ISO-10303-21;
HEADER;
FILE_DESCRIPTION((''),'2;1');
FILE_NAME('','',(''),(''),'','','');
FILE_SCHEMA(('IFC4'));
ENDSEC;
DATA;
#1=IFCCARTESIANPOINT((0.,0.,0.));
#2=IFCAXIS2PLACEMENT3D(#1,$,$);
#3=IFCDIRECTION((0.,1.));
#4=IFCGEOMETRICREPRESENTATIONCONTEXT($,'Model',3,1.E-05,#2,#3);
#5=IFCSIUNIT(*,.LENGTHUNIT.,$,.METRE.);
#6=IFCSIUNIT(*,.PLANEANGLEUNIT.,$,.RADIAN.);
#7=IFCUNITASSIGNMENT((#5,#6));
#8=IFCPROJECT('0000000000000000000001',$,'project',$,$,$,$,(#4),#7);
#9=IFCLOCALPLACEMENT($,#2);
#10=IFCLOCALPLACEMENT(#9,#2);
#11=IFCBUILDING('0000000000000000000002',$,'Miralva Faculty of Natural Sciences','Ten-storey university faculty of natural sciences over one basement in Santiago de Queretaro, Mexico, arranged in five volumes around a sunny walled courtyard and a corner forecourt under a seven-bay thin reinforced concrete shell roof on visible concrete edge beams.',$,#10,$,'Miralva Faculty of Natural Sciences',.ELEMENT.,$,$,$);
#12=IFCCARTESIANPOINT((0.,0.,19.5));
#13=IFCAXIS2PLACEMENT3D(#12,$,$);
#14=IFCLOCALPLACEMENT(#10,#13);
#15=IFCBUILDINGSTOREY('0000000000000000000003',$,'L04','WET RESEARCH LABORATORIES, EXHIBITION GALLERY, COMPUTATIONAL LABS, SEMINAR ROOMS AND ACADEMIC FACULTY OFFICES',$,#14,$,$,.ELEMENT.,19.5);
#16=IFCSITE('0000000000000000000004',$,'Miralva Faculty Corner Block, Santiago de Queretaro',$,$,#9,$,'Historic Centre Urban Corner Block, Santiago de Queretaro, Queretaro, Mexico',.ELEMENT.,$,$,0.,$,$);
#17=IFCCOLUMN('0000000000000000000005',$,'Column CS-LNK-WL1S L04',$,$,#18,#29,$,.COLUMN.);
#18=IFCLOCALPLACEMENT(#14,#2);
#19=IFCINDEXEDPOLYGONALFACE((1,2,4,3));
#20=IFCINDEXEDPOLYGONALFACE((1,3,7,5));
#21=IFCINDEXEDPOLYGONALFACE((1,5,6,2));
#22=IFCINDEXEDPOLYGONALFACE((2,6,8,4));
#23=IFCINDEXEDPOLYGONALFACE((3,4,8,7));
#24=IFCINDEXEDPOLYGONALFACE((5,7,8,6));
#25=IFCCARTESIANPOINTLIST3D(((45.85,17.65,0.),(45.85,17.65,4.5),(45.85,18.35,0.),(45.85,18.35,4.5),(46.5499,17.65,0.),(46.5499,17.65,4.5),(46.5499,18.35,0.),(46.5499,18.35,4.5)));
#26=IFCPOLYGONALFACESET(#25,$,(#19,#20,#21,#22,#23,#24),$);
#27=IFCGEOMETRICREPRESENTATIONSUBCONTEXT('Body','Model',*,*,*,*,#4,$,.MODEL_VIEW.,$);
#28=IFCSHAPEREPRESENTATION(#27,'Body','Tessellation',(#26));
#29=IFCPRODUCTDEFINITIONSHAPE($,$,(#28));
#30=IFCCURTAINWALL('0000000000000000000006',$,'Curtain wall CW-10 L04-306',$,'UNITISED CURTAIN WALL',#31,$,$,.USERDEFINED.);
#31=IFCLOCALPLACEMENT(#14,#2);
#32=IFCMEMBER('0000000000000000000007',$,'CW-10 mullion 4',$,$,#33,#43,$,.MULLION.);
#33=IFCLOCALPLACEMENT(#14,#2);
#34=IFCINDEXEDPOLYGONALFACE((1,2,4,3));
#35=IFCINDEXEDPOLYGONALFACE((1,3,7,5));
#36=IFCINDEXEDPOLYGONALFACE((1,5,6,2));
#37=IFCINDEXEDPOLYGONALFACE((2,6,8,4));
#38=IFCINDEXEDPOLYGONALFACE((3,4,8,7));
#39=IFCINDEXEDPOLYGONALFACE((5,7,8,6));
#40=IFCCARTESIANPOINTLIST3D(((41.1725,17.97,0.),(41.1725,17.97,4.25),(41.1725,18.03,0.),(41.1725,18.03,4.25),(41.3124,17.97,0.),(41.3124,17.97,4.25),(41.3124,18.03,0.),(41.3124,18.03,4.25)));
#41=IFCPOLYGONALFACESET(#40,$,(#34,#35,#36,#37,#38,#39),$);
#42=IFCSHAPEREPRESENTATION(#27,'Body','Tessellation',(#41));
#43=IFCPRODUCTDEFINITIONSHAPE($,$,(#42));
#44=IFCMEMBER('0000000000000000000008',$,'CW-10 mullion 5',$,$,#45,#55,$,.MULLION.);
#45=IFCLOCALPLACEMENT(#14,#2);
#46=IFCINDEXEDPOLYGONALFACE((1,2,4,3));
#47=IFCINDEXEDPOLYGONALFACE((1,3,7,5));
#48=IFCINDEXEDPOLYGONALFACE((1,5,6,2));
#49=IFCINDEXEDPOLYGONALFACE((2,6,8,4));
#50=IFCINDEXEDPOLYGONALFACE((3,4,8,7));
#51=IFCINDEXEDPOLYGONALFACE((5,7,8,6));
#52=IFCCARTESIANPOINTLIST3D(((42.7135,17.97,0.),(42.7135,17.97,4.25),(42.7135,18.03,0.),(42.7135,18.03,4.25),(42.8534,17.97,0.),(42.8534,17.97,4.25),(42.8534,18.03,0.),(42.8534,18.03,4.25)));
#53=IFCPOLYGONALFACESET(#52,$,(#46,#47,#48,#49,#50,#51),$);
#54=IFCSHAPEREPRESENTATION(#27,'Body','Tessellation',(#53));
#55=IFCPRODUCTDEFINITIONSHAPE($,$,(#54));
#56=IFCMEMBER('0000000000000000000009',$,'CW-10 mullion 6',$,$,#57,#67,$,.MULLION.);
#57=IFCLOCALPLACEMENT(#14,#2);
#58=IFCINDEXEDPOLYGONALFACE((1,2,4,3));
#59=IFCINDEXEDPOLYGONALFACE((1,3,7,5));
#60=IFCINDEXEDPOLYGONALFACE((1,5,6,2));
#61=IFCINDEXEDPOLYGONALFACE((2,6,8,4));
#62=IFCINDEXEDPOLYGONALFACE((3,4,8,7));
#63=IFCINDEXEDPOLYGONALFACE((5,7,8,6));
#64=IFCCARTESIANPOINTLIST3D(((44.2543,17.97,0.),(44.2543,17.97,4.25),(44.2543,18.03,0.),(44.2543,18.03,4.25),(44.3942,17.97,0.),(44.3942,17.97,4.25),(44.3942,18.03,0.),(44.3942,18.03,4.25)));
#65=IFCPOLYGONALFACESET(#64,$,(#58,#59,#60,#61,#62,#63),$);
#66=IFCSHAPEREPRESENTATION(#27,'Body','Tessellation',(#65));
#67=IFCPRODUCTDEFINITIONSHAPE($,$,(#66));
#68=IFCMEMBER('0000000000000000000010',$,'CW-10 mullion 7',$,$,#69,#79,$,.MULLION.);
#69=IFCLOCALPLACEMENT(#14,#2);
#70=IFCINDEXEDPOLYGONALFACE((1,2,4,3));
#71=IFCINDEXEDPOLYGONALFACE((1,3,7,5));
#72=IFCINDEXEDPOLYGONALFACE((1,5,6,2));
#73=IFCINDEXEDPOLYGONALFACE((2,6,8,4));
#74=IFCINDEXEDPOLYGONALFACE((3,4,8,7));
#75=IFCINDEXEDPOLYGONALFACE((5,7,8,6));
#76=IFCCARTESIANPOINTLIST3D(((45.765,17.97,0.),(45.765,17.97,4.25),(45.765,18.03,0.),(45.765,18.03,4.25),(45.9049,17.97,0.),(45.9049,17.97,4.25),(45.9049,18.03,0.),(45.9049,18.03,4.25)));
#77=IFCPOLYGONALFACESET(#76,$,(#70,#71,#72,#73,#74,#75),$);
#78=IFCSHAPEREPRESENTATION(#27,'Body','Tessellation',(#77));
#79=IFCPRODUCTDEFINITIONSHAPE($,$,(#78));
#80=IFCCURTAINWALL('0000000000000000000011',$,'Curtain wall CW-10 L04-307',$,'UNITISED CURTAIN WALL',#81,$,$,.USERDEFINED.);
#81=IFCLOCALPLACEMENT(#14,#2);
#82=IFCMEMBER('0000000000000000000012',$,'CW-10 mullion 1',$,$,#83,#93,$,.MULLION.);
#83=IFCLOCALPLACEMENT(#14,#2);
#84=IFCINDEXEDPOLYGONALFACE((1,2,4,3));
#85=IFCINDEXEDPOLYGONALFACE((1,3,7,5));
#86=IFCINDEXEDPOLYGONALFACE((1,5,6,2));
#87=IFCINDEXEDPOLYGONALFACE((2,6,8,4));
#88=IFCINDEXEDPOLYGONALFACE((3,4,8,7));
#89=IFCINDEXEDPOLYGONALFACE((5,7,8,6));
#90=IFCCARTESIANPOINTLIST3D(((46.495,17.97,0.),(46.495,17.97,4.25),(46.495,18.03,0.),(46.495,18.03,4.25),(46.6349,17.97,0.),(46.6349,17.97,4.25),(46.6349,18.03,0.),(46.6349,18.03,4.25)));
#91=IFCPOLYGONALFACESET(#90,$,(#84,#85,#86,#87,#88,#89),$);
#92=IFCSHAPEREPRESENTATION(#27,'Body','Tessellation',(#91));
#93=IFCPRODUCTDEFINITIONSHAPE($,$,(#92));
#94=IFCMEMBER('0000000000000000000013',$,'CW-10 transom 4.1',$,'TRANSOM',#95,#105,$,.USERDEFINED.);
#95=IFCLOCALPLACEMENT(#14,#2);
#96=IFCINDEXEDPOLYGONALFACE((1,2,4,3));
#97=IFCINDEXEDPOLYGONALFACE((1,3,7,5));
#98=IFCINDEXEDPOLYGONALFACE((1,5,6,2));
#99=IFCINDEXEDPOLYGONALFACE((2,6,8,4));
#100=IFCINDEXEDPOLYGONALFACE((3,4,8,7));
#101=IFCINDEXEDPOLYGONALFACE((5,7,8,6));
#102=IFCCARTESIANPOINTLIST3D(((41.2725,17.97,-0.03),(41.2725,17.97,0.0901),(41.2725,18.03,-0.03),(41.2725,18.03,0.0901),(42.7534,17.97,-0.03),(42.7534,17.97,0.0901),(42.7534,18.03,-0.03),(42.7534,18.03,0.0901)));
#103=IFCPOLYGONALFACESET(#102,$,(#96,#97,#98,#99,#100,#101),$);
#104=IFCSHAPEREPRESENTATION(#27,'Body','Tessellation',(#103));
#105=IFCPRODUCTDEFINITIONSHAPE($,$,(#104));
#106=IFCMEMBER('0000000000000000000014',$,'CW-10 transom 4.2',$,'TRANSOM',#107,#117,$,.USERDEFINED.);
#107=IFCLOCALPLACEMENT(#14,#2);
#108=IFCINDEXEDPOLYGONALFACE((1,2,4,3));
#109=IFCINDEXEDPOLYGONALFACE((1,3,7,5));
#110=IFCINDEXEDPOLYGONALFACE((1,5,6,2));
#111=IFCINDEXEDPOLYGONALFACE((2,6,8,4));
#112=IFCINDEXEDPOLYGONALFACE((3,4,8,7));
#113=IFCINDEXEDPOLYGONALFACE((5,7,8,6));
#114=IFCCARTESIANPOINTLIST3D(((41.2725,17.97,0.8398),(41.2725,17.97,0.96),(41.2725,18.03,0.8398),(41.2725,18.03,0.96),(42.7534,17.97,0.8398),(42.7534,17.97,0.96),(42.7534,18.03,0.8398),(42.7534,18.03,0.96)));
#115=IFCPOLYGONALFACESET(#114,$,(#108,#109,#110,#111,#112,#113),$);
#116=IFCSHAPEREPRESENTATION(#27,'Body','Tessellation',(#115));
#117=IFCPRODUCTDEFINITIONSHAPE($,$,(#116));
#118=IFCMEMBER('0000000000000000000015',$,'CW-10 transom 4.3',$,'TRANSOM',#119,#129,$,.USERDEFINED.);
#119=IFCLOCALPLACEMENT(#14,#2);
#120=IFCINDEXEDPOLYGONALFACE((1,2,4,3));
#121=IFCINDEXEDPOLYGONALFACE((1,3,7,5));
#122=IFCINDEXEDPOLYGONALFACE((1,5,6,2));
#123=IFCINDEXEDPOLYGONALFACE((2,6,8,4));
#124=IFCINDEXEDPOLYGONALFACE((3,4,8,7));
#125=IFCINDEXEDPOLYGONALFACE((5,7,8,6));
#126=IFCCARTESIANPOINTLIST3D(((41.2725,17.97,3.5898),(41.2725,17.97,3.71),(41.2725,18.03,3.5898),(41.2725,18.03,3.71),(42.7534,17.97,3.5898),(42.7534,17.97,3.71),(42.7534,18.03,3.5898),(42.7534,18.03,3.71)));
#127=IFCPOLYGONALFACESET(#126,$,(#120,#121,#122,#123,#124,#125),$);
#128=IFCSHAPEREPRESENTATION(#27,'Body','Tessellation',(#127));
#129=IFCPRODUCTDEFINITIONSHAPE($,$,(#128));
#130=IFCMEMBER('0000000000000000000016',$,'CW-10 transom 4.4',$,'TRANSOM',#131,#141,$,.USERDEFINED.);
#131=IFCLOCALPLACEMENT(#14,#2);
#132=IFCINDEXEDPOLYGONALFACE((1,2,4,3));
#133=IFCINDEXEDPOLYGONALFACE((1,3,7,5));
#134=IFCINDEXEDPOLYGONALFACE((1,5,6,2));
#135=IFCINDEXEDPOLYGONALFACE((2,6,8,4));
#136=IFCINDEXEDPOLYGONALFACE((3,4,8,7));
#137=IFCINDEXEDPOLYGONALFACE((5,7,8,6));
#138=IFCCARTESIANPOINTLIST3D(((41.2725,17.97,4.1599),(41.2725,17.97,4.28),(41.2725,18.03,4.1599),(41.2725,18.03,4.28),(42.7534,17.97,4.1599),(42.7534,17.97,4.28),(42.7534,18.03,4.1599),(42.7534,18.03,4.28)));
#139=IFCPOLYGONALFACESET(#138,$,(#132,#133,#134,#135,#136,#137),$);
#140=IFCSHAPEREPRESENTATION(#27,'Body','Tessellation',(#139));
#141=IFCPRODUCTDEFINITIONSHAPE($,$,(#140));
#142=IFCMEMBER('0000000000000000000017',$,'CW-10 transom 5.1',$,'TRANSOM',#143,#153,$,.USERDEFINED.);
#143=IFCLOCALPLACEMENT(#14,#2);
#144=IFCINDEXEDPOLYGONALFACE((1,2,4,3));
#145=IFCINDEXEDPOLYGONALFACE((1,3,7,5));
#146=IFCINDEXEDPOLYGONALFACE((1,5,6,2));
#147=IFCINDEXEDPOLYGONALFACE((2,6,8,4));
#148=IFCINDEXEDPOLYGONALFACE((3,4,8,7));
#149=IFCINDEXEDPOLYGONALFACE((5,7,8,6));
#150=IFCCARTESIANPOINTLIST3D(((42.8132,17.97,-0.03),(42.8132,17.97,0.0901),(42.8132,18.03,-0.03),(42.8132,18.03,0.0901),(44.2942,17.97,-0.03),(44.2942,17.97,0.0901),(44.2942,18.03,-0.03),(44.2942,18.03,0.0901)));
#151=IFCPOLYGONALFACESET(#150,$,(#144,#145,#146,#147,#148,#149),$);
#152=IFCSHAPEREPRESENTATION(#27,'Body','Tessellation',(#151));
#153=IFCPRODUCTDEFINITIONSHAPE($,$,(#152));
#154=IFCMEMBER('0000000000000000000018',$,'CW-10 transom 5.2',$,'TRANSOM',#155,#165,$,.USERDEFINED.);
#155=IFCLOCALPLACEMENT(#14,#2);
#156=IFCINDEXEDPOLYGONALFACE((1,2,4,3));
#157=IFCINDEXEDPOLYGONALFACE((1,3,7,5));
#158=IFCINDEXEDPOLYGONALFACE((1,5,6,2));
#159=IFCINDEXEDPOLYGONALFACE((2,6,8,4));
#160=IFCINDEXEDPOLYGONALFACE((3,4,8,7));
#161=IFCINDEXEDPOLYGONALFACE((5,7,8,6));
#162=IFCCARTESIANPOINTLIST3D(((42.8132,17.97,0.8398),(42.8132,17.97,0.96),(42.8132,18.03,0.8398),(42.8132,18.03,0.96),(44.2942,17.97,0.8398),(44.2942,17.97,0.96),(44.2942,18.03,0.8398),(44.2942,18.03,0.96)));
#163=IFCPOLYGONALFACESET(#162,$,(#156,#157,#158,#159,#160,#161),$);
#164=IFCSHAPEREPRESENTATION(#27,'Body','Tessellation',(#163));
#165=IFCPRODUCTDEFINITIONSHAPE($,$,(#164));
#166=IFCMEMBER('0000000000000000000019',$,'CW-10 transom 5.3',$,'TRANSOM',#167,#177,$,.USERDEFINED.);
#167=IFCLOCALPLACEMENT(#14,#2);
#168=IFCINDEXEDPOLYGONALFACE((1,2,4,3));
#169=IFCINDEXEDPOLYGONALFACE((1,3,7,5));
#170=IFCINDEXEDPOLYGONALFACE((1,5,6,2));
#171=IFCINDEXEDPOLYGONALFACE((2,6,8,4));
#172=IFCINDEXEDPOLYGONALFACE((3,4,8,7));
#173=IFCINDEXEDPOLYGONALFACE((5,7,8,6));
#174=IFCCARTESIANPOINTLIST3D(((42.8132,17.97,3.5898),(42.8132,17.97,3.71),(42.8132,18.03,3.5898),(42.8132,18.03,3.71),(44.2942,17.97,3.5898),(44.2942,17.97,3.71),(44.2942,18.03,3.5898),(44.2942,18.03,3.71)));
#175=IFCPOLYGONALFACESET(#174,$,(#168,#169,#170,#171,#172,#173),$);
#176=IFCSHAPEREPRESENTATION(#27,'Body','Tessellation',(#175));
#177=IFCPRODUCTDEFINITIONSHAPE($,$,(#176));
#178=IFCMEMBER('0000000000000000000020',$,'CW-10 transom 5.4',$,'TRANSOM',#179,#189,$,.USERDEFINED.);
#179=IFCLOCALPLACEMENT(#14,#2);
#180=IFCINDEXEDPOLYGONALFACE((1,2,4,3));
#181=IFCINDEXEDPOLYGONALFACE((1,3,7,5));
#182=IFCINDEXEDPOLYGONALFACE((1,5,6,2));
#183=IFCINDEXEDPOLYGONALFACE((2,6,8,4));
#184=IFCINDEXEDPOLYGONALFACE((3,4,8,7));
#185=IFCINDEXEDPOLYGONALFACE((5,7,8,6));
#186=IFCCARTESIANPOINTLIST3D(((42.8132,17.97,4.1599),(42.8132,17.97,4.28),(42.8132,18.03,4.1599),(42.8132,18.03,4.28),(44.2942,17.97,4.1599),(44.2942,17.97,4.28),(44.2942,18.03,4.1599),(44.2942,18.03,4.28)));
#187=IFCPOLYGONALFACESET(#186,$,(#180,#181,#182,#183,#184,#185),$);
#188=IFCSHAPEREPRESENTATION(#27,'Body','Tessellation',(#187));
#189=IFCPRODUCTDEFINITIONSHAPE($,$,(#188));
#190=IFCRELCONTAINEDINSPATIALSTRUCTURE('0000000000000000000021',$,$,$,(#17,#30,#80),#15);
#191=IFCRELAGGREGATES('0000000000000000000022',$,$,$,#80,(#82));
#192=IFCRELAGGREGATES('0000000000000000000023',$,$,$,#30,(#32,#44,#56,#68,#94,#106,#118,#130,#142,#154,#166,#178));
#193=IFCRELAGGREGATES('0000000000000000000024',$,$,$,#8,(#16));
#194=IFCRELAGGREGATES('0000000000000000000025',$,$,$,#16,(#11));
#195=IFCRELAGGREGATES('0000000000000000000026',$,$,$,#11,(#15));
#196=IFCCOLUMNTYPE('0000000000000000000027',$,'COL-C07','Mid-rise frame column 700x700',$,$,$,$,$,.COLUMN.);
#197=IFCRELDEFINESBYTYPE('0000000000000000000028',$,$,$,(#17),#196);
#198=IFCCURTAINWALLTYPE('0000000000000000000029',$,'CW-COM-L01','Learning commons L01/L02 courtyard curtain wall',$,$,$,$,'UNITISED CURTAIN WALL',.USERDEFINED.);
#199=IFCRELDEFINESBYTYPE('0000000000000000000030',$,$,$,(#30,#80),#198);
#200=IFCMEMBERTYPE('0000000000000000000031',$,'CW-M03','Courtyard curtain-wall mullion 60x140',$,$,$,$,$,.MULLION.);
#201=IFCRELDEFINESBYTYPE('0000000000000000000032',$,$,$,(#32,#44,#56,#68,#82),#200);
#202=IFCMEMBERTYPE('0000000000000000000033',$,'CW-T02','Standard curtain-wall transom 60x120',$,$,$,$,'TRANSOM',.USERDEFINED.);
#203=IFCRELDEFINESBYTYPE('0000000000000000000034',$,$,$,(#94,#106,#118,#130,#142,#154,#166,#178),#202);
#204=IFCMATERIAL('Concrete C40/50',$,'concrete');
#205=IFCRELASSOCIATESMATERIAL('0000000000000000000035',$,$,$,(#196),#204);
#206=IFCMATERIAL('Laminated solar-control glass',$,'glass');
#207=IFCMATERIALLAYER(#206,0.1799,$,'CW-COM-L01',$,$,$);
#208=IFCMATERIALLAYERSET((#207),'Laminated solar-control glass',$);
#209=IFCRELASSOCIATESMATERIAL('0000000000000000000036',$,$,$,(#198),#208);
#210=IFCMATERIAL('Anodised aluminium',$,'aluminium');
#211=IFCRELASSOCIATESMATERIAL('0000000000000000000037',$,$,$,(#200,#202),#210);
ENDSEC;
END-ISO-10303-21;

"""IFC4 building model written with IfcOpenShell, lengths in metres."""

from ifc_helpers import new_model, si_unit, direction, frame, origin, origin_2d, place, context, subcontext, project, spatial, rectangle, extrude, material, layer, layer_set, material_profile, profile_set, type_object, element, aggregate, save


model = new_model("IFC4")

# Units and contexts
model_context = context("Model", 3, precision=1e-05, world=origin(), true_north=direction((0.0, 1.0)))
body_context = subcontext(model_context, "Body", "Model", "MODEL_VIEW")
ifc_project = project(units=[si_unit("LENGTHUNIT", "METRE"), si_unit("PLANEANGLEUNIT", "RADIAN")], contexts=[model_context])

# Site, building, storey
site_placement = place(None, origin())
site = spatial("IfcSite", under=ifc_project, at=site_placement, Name="Miralva Faculty Corner Block, Santiago de Queretaro", LongName="Historic Centre Urban Corner Block, Santiago de Queretaro, Queretaro, Mexico", CompositionType="ELEMENT", RefElevation=0.0)
building_placement = place(site_placement, origin())
building = spatial("IfcBuilding", under=site, at=building_placement, Name="Miralva Faculty of Natural Sciences", Description="Ten-storey university faculty of natural sciences over one basement in Santiago de Queretaro, Mexico, arranged in five volumes around a sunny walled courtyard and a corner forecourt under a seven-bay thin reinforced concrete shell roof on visible concrete edge beams.", LongName="Miralva Faculty of Natural Sciences", CompositionType="ELEMENT")
storey_placement = place(building_placement, frame((0.0, 0.0, 19.5)))
storey = spatial("IfcBuildingStorey", under=building, at=storey_placement, Name="L04", Description="WET RESEARCH LABORATORIES, EXHIBITION GALLERY, COMPUTATIONAL LABS, SEMINAR ROOMS AND ACADEMIC FACULTY OFFICES", CompositionType="ELEMENT", Elevation=19.5)

# Column
ifc_material_1 = material(Name="Concrete C40/50", Category="concrete")
ifc_material_profile_1 = material_profile(ifc_material_1, rectangle(XDim=0.7, YDim=0.7, at=origin_2d()), Name="RC 700x700")
ifc_profile_set_1 = profile_set([ifc_material_profile_1], Name="Concrete C40/50")
column_type = type_object("IfcColumnType", Name="COL-C07", Description="Mid-rise frame column 700x700", PredefinedType="COLUMN", material=ifc_profile_set_1)
column_placement = place(storey_placement, frame((46.2, 18.0, 0.0), z_axis=(0.0, 0.0, 1.0), x_axis=(1.0, 0.0, 0.0)))
element("IfcColumn", 1, at=column_placement, inside=storey, type_object=column_type, Name="Column CS-LNK-WL1S L04", PredefinedType="COLUMN", context=body_context, shape_type="SweptSolid", body=[
    extrude(rectangle(XDim=0.7, YDim=0.7, at=origin_2d()), origin(), (0.0, 0.0, 1.0), 4.5),
])

# Curtain wall, members
ifc_material_2 = material(Name="Laminated solar-control glass", Category="glass")
ifc_layer_1 = layer(ifc_material_2, 0.1799, Name="CW-COM-L01")
ifc_layer_set_1 = layer_set([ifc_layer_1], Name="Laminated solar-control glass")
curtain_wall_type = type_object("IfcCurtainWallType", Name="CW-COM-L01", Description="Learning commons L01/L02 courtyard curtain wall", ElementType="UNITISED CURTAIN WALL", PredefinedType="USERDEFINED", material=ifc_layer_set_1)
curtain_wall_1_placement = place(storey_placement, origin())
curtain_wall_1 = element("IfcCurtainWall", 2, at=curtain_wall_1_placement, inside=storey, type_object=curtain_wall_type, Name="Curtain wall CW-10 L04-306", ObjectType="UNITISED CURTAIN WALL", PredefinedType="USERDEFINED")
ifc_material_3 = material(Name="Anodised aluminium", Category="aluminium")
ifc_material_profile_2 = material_profile(ifc_material_3, rectangle(XDim=0.0601, YDim=0.1399, at=origin_2d()), Name="MULLION 60x140")
ifc_profile_set_2 = profile_set([ifc_material_profile_2], Name="Anodised aluminium")
member_type_1 = type_object("IfcMemberType", Name="CW-M03", Description="Courtyard curtain-wall mullion 60x140", PredefinedType="MULLION", material=ifc_profile_set_2)
member_1_placement = place(storey_placement, frame((41.2424, 18.0, 0.0), z_axis=(0.0, 0.0, 1.0), x_axis=(0.0, 1.0, 0.0)))
member_1 = element("IfcMember", 3, at=member_1_placement, type_object=member_type_1, Name="CW-10 mullion 4", PredefinedType="MULLION", context=body_context, shape_type="SweptSolid", body=[
    extrude(rectangle(XDim=0.0601, YDim=0.1399, at=origin_2d()), origin(), (0.0, 0.0, 1.0), 4.25),
])
member_2_placement = place(storey_placement, frame((42.7834, 18.0, 0.0), z_axis=(0.0, 0.0, 1.0), x_axis=(0.0, 1.0, 0.0)))
member_2 = element("IfcMember", 4, at=member_2_placement, type_object=member_type_1, Name="CW-10 mullion 5", PredefinedType="MULLION", context=body_context, shape_type="SweptSolid", body=[
    extrude(rectangle(XDim=0.0601, YDim=0.1399, at=origin_2d()), origin(), (0.0, 0.0, 1.0), 4.25),
])
member_3_placement = place(storey_placement, frame((44.3242, 18.0, 0.0), z_axis=(0.0, 0.0, 1.0), x_axis=(0.0, 1.0, 0.0)))
member_3 = element("IfcMember", 5, at=member_3_placement, type_object=member_type_1, Name="CW-10 mullion 6", PredefinedType="MULLION", context=body_context, shape_type="SweptSolid", body=[
    extrude(rectangle(XDim=0.0601, YDim=0.1399, at=origin_2d()), origin(), (0.0, 0.0, 1.0), 4.25),
])
member_4_placement = place(storey_placement, frame((45.835, 18.0, 0.0), z_axis=(0.0, 0.0, 1.0), x_axis=(0.0, 1.0, 0.0)))
member_4 = element("IfcMember", 6, at=member_4_placement, type_object=member_type_1, Name="CW-10 mullion 7", PredefinedType="MULLION", context=body_context, shape_type="SweptSolid", body=[
    extrude(rectangle(XDim=0.0601, YDim=0.1399, at=origin_2d()), origin(), (0.0, 0.0, 1.0), 4.25),
])

# Curtain wall, member
curtain_wall_2_placement = place(storey_placement, origin())
curtain_wall_2 = element("IfcCurtainWall", 7, at=curtain_wall_2_placement, inside=storey, type_object=curtain_wall_type, Name="Curtain wall CW-10 L04-307", ObjectType="UNITISED CURTAIN WALL", PredefinedType="USERDEFINED")
member_5_placement = place(storey_placement, frame((46.5649, 18.0, 0.0), z_axis=(0.0, 0.0, 1.0), x_axis=(0.0, 1.0, 0.0)))
member_5 = element("IfcMember", 8, at=member_5_placement, type_object=member_type_1, Name="CW-10 mullion 1", PredefinedType="MULLION", context=body_context, shape_type="SweptSolid", body=[
    extrude(rectangle(XDim=0.0601, YDim=0.1399, at=origin_2d()), origin(), (0.0, 0.0, 1.0), 4.25),
])

# Members
ifc_material_profile_3 = material_profile(ifc_material_3, rectangle(XDim=0.0601, YDim=0.1201, at=origin_2d()), Name="TRANSOM 60x120")
ifc_profile_set_3 = profile_set([ifc_material_profile_3], Name="Anodised aluminium")
member_type_2 = type_object("IfcMemberType", Name="CW-T02", Description="Standard curtain-wall transom 60x120", ElementType="TRANSOM", PredefinedType="USERDEFINED", material=ifc_profile_set_3)
member_6_placement = place(storey_placement, frame((41.2725, 18.0, 0.03), z_axis=(1.0, 0.0, 0.0), x_axis=(0.0, 1.0, 0.0)))
member_6 = element("IfcMember", 9, at=member_6_placement, type_object=member_type_2, Name="CW-10 transom 4.1", ObjectType="TRANSOM", PredefinedType="USERDEFINED", context=body_context, shape_type="SweptSolid", body=[
    extrude(rectangle(XDim=0.0601, YDim=0.1201, at=origin_2d()), origin(), (0.0, 0.0, 1.0), 1.481),
])
member_7_placement = place(storey_placement, frame((41.2725, 18.0, 0.8999), z_axis=(1.0, 0.0, 0.0), x_axis=(0.0, 1.0, 0.0)))
member_7 = element("IfcMember", 10, at=member_7_placement, type_object=member_type_2, Name="CW-10 transom 4.2", ObjectType="TRANSOM", PredefinedType="USERDEFINED", context=body_context, shape_type="SweptSolid", body=[
    extrude(rectangle(XDim=0.0601, YDim=0.1201, at=origin_2d()), origin(), (0.0, 0.0, 1.0), 1.481),
])
member_8_placement = place(storey_placement, frame((41.2725, 18.0, 3.6499), z_axis=(1.0, 0.0, 0.0), x_axis=(0.0, 1.0, 0.0)))
member_8 = element("IfcMember", 11, at=member_8_placement, type_object=member_type_2, Name="CW-10 transom 4.3", ObjectType="TRANSOM", PredefinedType="USERDEFINED", context=body_context, shape_type="SweptSolid", body=[
    extrude(rectangle(XDim=0.0601, YDim=0.1201, at=origin_2d()), origin(), (0.0, 0.0, 1.0), 1.481),
])
member_9_placement = place(storey_placement, frame((41.2725, 18.0, 4.22), z_axis=(1.0, 0.0, 0.0), x_axis=(0.0, 1.0, 0.0)))
member_9 = element("IfcMember", 12, at=member_9_placement, type_object=member_type_2, Name="CW-10 transom 4.4", ObjectType="TRANSOM", PredefinedType="USERDEFINED", context=body_context, shape_type="SweptSolid", body=[
    extrude(rectangle(XDim=0.0601, YDim=0.1201, at=origin_2d()), origin(), (0.0, 0.0, 1.0), 1.481),
])
member_10_placement = place(storey_placement, frame((42.8132, 18.0, 0.03), z_axis=(1.0, 0.0, 0.0), x_axis=(0.0, 1.0, 0.0)))
member_10 = element("IfcMember", 13, at=member_10_placement, type_object=member_type_2, Name="CW-10 transom 5.1", ObjectType="TRANSOM", PredefinedType="USERDEFINED", context=body_context, shape_type="SweptSolid", body=[
    extrude(rectangle(XDim=0.0601, YDim=0.1201, at=origin_2d()), origin(), (0.0, 0.0, 1.0), 1.481),
])
member_11_placement = place(storey_placement, frame((42.8132, 18.0, 0.8999), z_axis=(1.0, 0.0, 0.0), x_axis=(0.0, 1.0, 0.0)))
member_11 = element("IfcMember", 14, at=member_11_placement, type_object=member_type_2, Name="CW-10 transom 5.2", ObjectType="TRANSOM", PredefinedType="USERDEFINED", context=body_context, shape_type="SweptSolid", body=[
    extrude(rectangle(XDim=0.0601, YDim=0.1201, at=origin_2d()), origin(), (0.0, 0.0, 1.0), 1.481),
])
member_12_placement = place(storey_placement, frame((42.8132, 18.0, 3.6499), z_axis=(1.0, 0.0, 0.0), x_axis=(0.0, 1.0, 0.0)))
member_12 = element("IfcMember", 15, at=member_12_placement, type_object=member_type_2, Name="CW-10 transom 5.3", ObjectType="TRANSOM", PredefinedType="USERDEFINED", context=body_context, shape_type="SweptSolid", body=[
    extrude(rectangle(XDim=0.0601, YDim=0.1201, at=origin_2d()), origin(), (0.0, 0.0, 1.0), 1.481),
])
member_13_placement = place(storey_placement, frame((42.8132, 18.0, 4.22), z_axis=(1.0, 0.0, 0.0), x_axis=(0.0, 1.0, 0.0)))
member_13 = element("IfcMember", 16, at=member_13_placement, type_object=member_type_2, Name="CW-10 transom 5.4", ObjectType="TRANSOM", PredefinedType="USERDEFINED", context=body_context, shape_type="SweptSolid", body=[
    extrude(rectangle(XDim=0.0601, YDim=0.1201, at=origin_2d()), origin(), (0.0, 0.0, 1.0), 1.481),
])
aggregate(curtain_wall_2, [member_5])

aggregate(curtain_wall_1, [member_1, member_2, member_3, member_4, member_6, member_7, member_8, member_9, member_10, member_11, member_12, member_13])

save(model, "model.ifc")
